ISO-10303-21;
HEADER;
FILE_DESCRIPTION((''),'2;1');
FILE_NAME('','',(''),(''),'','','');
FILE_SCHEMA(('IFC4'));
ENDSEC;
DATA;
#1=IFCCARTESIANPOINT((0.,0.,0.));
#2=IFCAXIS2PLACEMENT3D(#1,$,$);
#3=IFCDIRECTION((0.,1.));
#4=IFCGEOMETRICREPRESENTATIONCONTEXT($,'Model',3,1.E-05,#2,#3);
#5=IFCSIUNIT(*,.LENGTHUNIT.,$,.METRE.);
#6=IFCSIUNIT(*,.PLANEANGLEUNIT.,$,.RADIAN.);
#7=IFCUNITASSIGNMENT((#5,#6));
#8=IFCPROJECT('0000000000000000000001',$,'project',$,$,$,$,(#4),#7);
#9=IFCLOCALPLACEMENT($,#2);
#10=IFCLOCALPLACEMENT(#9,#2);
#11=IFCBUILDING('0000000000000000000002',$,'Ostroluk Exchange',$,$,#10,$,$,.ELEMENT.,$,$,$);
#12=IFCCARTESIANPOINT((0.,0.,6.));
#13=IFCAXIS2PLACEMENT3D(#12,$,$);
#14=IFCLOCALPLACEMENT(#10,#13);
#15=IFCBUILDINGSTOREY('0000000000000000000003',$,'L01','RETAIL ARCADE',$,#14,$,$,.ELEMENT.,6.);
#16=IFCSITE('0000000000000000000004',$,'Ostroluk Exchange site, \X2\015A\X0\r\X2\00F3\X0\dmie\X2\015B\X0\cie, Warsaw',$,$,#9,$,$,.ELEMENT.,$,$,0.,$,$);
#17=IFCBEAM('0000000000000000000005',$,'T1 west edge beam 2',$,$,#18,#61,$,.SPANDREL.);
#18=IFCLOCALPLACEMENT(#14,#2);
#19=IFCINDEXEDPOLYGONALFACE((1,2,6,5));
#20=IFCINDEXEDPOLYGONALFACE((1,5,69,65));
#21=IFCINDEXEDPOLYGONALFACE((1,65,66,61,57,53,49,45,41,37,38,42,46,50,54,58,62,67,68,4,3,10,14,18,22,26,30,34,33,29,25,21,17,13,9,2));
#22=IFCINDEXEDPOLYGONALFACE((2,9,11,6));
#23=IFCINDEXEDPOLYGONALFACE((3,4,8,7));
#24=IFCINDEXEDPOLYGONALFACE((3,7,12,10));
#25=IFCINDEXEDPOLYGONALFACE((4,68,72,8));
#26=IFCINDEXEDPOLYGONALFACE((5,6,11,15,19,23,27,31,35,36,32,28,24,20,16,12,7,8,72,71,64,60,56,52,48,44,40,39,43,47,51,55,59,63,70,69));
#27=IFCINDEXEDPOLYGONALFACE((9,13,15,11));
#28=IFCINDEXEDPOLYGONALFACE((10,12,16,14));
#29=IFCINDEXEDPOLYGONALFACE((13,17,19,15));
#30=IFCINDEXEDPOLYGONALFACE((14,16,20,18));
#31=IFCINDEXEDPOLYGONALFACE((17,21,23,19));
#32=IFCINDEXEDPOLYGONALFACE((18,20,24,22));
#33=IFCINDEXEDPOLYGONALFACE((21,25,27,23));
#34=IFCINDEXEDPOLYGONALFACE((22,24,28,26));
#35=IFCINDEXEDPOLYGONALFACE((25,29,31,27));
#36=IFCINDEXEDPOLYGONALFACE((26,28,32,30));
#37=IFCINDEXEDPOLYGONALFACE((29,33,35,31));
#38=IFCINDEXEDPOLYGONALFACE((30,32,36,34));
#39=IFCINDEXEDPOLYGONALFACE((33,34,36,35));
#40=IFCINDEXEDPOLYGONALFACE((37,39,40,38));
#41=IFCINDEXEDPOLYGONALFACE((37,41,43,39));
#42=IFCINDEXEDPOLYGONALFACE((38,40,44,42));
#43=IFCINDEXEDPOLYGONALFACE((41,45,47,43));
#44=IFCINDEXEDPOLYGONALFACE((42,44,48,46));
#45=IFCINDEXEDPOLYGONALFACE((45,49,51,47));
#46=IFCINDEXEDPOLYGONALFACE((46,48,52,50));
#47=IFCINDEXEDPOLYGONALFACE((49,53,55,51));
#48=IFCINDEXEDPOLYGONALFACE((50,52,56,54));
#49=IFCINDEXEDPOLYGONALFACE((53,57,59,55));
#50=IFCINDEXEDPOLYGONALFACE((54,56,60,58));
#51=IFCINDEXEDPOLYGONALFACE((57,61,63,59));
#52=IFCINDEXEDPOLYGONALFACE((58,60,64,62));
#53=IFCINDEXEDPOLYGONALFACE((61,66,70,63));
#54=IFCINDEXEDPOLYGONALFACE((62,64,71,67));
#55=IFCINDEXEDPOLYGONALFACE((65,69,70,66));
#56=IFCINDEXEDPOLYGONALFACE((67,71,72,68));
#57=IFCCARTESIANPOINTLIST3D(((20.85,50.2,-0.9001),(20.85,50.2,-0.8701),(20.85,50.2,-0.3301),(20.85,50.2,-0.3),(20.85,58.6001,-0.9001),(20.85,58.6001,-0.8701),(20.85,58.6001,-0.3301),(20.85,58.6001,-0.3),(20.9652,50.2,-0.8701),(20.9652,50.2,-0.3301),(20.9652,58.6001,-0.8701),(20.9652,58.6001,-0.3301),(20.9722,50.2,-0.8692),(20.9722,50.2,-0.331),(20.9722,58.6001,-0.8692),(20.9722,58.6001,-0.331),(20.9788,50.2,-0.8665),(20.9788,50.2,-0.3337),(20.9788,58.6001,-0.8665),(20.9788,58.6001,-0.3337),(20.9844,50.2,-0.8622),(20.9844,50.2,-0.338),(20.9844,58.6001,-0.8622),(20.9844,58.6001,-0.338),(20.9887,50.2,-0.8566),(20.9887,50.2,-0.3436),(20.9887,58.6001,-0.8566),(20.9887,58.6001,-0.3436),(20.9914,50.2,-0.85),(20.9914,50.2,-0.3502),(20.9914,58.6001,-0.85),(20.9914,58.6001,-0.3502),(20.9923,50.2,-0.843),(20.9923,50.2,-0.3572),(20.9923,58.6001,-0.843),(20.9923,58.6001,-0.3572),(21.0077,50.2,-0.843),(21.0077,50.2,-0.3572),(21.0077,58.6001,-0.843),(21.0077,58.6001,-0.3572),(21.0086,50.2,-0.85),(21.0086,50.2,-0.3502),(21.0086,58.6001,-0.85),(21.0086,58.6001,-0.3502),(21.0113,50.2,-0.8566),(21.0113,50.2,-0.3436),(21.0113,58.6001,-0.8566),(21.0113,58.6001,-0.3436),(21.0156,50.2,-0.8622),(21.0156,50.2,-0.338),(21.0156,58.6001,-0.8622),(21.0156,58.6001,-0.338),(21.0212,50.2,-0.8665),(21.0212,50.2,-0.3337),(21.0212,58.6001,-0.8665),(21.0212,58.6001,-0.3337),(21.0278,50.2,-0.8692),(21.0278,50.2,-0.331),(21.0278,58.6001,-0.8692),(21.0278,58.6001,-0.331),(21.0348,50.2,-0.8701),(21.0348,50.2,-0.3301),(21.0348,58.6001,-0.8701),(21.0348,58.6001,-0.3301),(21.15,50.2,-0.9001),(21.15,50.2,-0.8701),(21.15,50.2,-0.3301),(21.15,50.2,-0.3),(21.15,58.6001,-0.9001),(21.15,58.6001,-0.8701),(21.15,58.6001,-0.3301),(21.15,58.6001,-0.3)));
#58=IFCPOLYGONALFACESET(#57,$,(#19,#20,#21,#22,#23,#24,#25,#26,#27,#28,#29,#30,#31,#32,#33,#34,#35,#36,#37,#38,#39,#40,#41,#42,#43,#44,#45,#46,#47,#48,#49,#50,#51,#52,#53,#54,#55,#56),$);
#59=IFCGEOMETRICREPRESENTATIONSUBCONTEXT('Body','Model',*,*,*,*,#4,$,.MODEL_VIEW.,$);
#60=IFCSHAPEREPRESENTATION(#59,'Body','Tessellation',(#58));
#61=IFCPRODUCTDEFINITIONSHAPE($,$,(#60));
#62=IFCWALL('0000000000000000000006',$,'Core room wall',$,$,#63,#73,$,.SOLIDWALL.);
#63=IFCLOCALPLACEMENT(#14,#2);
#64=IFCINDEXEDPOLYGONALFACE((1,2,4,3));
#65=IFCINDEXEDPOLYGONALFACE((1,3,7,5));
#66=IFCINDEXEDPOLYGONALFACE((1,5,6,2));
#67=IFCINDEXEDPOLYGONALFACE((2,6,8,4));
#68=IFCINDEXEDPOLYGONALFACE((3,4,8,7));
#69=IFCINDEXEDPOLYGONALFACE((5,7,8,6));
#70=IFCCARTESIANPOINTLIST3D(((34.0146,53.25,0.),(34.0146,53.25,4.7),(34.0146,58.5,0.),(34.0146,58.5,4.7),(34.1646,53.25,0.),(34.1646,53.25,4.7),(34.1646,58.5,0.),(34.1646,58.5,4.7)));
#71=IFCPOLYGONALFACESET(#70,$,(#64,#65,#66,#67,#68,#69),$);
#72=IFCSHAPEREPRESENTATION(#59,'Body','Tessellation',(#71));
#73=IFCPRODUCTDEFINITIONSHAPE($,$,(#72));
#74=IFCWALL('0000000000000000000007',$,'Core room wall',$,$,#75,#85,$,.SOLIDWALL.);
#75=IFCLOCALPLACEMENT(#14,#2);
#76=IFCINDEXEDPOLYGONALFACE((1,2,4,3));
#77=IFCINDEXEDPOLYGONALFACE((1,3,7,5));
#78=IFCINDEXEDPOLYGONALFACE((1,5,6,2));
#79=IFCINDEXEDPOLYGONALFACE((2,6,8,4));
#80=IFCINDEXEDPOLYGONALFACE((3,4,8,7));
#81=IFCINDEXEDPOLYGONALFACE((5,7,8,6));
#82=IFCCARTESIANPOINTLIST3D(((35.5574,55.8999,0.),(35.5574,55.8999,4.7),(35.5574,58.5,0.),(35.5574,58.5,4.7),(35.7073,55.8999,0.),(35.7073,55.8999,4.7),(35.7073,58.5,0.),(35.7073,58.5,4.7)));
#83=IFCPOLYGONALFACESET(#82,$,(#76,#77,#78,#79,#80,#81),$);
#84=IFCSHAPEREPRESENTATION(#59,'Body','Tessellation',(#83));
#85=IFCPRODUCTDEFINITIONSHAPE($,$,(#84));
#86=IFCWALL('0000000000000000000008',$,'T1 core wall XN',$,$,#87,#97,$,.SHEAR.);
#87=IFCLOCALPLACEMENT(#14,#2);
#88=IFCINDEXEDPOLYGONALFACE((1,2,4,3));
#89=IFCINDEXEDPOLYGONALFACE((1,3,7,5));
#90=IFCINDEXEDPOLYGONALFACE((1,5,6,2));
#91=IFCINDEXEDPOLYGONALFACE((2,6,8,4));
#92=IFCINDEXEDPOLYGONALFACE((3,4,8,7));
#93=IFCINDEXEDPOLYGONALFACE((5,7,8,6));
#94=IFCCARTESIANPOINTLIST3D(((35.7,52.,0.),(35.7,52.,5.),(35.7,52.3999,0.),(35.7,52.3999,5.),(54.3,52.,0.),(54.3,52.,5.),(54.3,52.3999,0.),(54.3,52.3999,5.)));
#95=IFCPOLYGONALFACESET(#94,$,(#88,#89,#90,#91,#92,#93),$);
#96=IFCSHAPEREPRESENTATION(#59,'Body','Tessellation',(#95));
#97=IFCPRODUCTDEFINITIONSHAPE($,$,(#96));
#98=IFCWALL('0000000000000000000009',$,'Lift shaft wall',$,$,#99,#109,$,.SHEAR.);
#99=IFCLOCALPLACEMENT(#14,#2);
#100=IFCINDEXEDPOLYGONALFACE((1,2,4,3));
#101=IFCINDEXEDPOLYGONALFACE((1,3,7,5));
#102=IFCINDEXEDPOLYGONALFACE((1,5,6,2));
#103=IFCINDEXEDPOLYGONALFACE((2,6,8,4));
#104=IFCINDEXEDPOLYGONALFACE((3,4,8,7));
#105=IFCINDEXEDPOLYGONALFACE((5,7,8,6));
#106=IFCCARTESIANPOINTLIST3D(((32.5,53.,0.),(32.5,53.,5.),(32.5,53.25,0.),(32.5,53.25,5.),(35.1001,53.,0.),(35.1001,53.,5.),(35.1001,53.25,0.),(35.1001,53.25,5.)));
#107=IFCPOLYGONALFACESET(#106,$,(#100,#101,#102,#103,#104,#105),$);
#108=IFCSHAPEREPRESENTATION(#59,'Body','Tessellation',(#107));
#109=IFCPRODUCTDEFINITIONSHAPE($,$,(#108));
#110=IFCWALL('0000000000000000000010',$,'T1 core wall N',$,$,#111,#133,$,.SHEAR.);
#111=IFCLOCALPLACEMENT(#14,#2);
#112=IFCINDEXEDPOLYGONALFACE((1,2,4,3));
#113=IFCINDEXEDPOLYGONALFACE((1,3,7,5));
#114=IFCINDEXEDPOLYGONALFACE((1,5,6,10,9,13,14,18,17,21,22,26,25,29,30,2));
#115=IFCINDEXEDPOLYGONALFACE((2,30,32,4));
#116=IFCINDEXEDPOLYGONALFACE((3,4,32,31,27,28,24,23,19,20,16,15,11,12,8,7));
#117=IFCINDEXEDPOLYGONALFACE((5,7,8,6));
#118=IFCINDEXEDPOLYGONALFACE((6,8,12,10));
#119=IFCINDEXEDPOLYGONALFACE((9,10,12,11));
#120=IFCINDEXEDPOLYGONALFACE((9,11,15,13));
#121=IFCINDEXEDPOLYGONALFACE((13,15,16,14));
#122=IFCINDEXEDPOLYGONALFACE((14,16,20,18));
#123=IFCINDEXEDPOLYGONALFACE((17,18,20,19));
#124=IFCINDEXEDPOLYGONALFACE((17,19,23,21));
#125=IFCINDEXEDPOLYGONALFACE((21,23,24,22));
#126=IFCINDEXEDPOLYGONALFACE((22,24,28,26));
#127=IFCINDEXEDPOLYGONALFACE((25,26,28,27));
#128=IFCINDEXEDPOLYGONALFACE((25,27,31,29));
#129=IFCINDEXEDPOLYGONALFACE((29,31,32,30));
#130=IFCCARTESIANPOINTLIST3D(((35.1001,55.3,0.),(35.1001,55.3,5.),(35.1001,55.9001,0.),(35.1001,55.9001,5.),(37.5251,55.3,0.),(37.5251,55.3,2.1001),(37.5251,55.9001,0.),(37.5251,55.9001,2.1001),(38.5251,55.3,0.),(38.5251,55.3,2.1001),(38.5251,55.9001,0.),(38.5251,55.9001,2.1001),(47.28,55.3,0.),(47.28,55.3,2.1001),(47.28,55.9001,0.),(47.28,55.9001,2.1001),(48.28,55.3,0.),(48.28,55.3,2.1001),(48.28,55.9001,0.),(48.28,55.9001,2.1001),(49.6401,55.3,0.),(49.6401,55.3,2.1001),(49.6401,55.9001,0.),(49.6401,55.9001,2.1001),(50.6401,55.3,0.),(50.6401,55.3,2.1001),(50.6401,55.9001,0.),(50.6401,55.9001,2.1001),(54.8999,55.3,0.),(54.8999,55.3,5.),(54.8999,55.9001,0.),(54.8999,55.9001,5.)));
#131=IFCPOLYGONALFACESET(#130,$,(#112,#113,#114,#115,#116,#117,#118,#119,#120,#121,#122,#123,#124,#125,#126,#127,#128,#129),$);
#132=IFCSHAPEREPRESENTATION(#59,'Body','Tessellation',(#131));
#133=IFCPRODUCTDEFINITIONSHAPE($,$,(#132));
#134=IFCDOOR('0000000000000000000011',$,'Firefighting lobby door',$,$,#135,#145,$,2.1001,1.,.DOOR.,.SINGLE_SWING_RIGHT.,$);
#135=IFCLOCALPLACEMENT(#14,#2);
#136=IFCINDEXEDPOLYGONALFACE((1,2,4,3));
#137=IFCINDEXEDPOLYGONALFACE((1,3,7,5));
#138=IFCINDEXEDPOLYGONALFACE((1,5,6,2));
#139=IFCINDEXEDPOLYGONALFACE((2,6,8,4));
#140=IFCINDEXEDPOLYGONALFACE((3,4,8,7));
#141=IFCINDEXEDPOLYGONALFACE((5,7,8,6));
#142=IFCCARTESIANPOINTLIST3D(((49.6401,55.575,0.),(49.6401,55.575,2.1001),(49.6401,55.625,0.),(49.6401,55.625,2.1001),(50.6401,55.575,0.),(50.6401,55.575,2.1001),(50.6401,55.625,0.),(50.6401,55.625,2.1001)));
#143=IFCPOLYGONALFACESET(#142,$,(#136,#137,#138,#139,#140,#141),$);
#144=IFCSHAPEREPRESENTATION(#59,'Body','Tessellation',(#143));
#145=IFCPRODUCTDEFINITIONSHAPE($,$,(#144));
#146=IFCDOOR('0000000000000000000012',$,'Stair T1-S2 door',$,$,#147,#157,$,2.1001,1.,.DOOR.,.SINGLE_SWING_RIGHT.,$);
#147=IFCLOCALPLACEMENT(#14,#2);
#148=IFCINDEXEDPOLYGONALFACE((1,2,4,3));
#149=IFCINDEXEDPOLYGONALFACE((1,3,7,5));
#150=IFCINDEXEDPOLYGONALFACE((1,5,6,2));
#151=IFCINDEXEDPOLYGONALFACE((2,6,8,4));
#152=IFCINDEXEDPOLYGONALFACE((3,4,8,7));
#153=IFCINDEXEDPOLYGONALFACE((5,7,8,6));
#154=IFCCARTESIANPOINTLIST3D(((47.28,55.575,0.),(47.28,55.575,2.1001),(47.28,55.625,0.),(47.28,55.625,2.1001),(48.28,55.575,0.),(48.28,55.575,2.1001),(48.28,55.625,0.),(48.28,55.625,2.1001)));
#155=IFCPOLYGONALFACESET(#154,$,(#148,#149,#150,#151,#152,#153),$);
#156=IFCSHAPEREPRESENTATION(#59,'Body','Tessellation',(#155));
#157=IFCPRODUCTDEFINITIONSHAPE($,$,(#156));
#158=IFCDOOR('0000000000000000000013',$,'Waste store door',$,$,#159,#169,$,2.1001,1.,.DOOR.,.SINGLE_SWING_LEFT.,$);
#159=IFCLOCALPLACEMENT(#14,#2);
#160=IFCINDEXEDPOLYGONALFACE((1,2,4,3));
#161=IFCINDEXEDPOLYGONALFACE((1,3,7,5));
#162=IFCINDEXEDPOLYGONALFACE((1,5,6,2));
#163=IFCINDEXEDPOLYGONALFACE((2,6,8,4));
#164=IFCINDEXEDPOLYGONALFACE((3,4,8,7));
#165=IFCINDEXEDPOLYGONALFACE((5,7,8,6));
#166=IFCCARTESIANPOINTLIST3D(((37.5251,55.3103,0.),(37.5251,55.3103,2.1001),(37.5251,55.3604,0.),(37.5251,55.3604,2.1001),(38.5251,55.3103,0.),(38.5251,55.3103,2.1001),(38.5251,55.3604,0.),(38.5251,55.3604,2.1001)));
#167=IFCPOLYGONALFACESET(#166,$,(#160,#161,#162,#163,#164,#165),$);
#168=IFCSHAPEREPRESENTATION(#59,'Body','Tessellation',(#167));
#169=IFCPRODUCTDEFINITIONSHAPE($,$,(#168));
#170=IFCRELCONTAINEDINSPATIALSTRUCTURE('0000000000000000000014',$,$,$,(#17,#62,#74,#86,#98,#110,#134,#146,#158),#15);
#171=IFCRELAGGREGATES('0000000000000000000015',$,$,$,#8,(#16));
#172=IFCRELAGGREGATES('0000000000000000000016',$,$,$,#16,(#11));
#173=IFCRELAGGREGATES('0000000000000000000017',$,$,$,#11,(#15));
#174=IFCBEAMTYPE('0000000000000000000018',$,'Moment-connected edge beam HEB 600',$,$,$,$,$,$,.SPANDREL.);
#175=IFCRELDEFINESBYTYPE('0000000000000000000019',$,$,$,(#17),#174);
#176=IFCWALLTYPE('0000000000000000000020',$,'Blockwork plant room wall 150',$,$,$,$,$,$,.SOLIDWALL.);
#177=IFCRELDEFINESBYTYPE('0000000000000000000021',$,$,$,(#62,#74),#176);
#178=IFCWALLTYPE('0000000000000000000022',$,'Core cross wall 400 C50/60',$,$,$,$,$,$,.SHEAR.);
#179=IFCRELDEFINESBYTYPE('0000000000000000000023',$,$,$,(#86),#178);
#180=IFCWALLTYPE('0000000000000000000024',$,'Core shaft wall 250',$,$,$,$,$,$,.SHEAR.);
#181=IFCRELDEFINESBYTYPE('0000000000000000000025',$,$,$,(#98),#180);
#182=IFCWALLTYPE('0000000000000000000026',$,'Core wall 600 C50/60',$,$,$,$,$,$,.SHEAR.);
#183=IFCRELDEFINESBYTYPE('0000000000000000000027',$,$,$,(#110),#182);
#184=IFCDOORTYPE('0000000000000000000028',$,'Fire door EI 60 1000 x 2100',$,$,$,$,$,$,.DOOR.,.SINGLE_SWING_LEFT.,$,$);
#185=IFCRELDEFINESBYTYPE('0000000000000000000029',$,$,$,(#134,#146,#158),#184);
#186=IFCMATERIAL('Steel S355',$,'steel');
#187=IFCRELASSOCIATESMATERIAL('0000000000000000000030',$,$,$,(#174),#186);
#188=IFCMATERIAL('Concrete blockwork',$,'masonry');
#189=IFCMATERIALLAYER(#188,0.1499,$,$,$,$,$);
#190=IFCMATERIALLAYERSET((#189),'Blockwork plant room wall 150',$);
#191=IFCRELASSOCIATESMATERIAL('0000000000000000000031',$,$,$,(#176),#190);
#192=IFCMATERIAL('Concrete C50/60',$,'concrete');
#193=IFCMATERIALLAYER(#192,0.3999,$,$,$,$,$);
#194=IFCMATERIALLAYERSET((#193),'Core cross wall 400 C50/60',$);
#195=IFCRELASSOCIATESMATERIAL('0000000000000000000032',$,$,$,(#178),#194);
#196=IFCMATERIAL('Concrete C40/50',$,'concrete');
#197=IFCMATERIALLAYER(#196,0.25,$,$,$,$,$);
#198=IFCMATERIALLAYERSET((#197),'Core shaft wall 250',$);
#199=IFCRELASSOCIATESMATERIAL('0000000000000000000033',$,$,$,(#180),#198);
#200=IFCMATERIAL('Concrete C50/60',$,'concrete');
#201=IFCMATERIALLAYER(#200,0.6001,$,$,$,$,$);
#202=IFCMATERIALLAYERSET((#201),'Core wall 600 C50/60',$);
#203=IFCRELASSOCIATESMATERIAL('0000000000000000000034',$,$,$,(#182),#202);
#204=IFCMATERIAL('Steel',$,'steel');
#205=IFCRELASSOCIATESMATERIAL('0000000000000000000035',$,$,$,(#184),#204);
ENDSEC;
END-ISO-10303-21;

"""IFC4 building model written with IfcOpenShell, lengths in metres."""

from ifc_helpers import new_model, si_unit, direction, frame, frame_2d, origin, origin_2d, place, context, subcontext, project, spatial, rectangle, i_section, extrude, material, layer, layer_set, material_profile, profile_set, type_object, element, fill, save


model = new_model("IFC4")

# Units and contexts
model_context = context("Model", 3, precision=1e-05, world=origin(), true_north=direction((0.0, 1.0)))
body_context = subcontext(model_context, "Body", "Model", "MODEL_VIEW")
ifc_project = project(units=[si_unit("LENGTHUNIT", "METRE"), si_unit("PLANEANGLEUNIT", "RADIAN")], contexts=[model_context])

# Site, building, storey
site_placement = place(None, origin())
site = spatial("IfcSite", under=ifc_project, at=site_placement, Name="Ostroluk Exchange site, Śródmieście, Warsaw", CompositionType="ELEMENT", RefElevation=0.0)
building_placement = place(site_placement, origin())
building = spatial("IfcBuilding", under=site, at=building_placement, Name="Ostroluk Exchange", CompositionType="ELEMENT")
storey_placement = place(building_placement, frame((0.0, 0.0, 6.0)))
storey = spatial("IfcBuildingStorey", under=building, at=storey_placement, Name="L01", Description="RETAIL ARCADE", CompositionType="ELEMENT", Elevation=6.0)

# Beam
ifc_material_1 = material(Name="Steel S355", Category="steel")
ifc_material_profile_1 = material_profile(ifc_material_1, i_section(OverallWidth=0.3, OverallDepth=0.6001, WebThickness=0.0154, FlangeThickness=0.03, FilletRadius=0.0271, at=origin_2d()), Name="HEB 600")
ifc_profile_set_1 = profile_set([ifc_material_profile_1], Name="Steel S355")
beam_type_1 = type_object("IfcBeamType", Name="Moment-connected edge beam HEB 600", PredefinedType="SPANDREL", material=ifc_profile_set_1)
beam_1_placement = place(storey_placement, frame((21.0, 58.6001, -0.6001), z_axis=(0.0, -1.0, 0.0), x_axis=(1.0, 0.0, 0.0)))
element("IfcBeam", 1, at=beam_1_placement, inside=storey, type_object=beam_type_1, Name="T1 west edge beam 2", PredefinedType="SPANDREL", context=body_context, shape_type="SweptSolid", body=[
    extrude(i_section(OverallWidth=0.3, OverallDepth=0.6001, WebThickness=0.0154, FlangeThickness=0.03, FilletRadius=0.0271, at=origin_2d()), origin(), (0.0, 0.0, 1.0), 8.4001),
])

# Walls
ifc_material_2 = material(Name="Concrete blockwork", Category="masonry")
ifc_layer_1 = layer(ifc_material_2, 0.1499)
ifc_layer_set_1 = layer_set([ifc_layer_1], Name="Blockwork plant room wall 150")
wall_type_1 = type_object("IfcWallType", Name="Blockwork plant room wall 150", PredefinedType="SOLIDWALL", material=ifc_layer_set_1)
wall_1_placement = place(storey_placement, frame((34.0896, 53.25, 0.0), z_axis=(0.0, 0.0, 1.0), x_axis=(0.0, 1.0, 0.0)))
element("IfcWall", 2, at=wall_1_placement, inside=storey, type_object=wall_type_1, Name="Core room wall", PredefinedType="SOLIDWALL", context=body_context, shape_type="SweptSolid", body=[
    extrude(rectangle(XDim=5.25, YDim=0.1499, at=frame_2d((2.625, 0.0))), origin(), (0.0, 0.0, 1.0), 4.7),
])
wall_2_placement = place(storey_placement, frame((35.6323, 55.8999, 0.0), z_axis=(0.0, 0.0, 1.0), x_axis=(0.0, 1.0, 0.0)))
element("IfcWall", 3, at=wall_2_placement, inside=storey, type_object=wall_type_1, Name="Core room wall", PredefinedType="SOLIDWALL", context=body_context, shape_type="SweptSolid", body=[
    extrude(rectangle(XDim=2.6001, YDim=0.1499, at=frame_2d((1.3, 0.0))), origin(), (0.0, 0.0, 1.0), 4.7),
])
ifc_material_3 = material(Name="Concrete C50/60", Category="concrete")
ifc_layer_2 = layer(ifc_material_3, 0.3999)
ifc_layer_set_2 = layer_set([ifc_layer_2], Name="Core cross wall 400 C50/60")
wall_type_2 = type_object("IfcWallType", Name="Core cross wall 400 C50/60", PredefinedType="SHEAR", material=ifc_layer_set_2)
wall_3_placement = place(storey_placement, frame((35.7, 52.2, 0.0), z_axis=(0.0, 0.0, 1.0), x_axis=(1.0, 0.0, 0.0)))
element("IfcWall", 4, at=wall_3_placement, inside=storey, type_object=wall_type_2, Name="T1 core wall XN", PredefinedType="SHEAR", context=body_context, shape_type="SweptSolid", body=[
    extrude(rectangle(XDim=18.6001, YDim=0.3999, at=frame_2d((9.3, 0.0))), origin(), (0.0, 0.0, 1.0), 5.0),
])
ifc_material_4 = material(Name="Concrete C40/50", Category="concrete")
ifc_layer_3 = layer(ifc_material_4, 0.25)
ifc_layer_set_3 = layer_set([ifc_layer_3], Name="Core shaft wall 250")
wall_type_3 = type_object("IfcWallType", Name="Core shaft wall 250", PredefinedType="SHEAR", material=ifc_layer_set_3)
wall_4_placement = place(storey_placement, frame((32.5, 53.125, 0.0), z_axis=(0.0, 0.0, 1.0), x_axis=(1.0, 0.0, 0.0)))
element("IfcWall", 5, at=wall_4_placement, inside=storey, type_object=wall_type_3, Name="Lift shaft wall", PredefinedType="SHEAR", context=body_context, shape_type="SweptSolid", body=[
    extrude(rectangle(XDim=2.6001, YDim=0.25, at=frame_2d((1.3, 0.0))), origin(), (0.0, 0.0, 1.0), 5.0),
])

# Wall, openings, doors
ifc_material_5 = material(Name="Concrete C50/60", Category="concrete")
ifc_layer_4 = layer(ifc_material_5, 0.6001)
ifc_layer_set_4 = layer_set([ifc_layer_4], Name="Core wall 600 C50/60")
wall_type_4 = type_object("IfcWallType", Name="Core wall 600 C50/60", PredefinedType="SHEAR", material=ifc_layer_set_4)
wall_5_placement = place(storey_placement, frame((35.1001, 55.6001, 0.0), z_axis=(0.0, 0.0, 1.0), x_axis=(1.0, 0.0, 0.0)))
wall_5 = element("IfcWall", 6, at=wall_5_placement, inside=storey, type_object=wall_type_4, Name="T1 core wall N", PredefinedType="SHEAR", context=body_context, shape_type="SweptSolid", body=[
    extrude(rectangle(XDim=19.7998, YDim=0.6001, at=frame_2d((9.8999, 0.0))), origin(), (0.0, 0.0, 1.0), 5.0),
])
opening_1_placement = place(wall_5_placement, frame((14.54, 0.0, 0.0)))
opening_1 = element("IfcOpeningElement", 7, at=opening_1_placement, cuts=wall_5, PredefinedType="OPENING", context=body_context, shape_type="SweptSolid", body=[
    extrude(rectangle(XDim=1.0, YDim=2.1001, at=frame_2d((0.5, 1.05))), frame((0.0, 0.3101, 0.0), z_axis=(0.0, -1.0, 0.0), x_axis=(1.0, 0.0, 0.0)), (0.0, 0.0, 1.0), 0.6201),
])
opening_2_placement = place(wall_5_placement, frame((12.1799, 0.0, 0.0)))
opening_2 = element("IfcOpeningElement", 8, at=opening_2_placement, cuts=wall_5, PredefinedType="OPENING", context=body_context, shape_type="SweptSolid", body=[
    extrude(rectangle(XDim=1.0, YDim=2.1001, at=frame_2d((0.5, 1.05))), frame((0.0, 0.3101, 0.0), z_axis=(0.0, -1.0, 0.0), x_axis=(1.0, 0.0, 0.0)), (0.0, 0.0, 1.0), 0.6201),
])
opening_3_placement = place(wall_5_placement, frame((2.425, 0.0, 0.0)))
opening_3 = element("IfcOpeningElement", 9, at=opening_3_placement, cuts=wall_5, PredefinedType="OPENING", context=body_context, shape_type="SweptSolid", body=[
    extrude(rectangle(XDim=1.0, YDim=2.1001, at=frame_2d((0.5, 1.05))), frame((0.0, 0.3101, 0.0), z_axis=(0.0, -1.0, 0.0), x_axis=(1.0, 0.0, 0.0)), (0.0, 0.0, 1.0), 0.6201),
])
ifc_material_6 = material(Name="Steel", Category="steel")
door_type = type_object("IfcDoorType", Name="Fire door EI 60 1000 x 2100", OperationType="SINGLE_SWING_LEFT", PredefinedType="DOOR", material=ifc_material_6)
door_1_placement = place(opening_1_placement, origin())
door_1 = element("IfcDoor", 10, at=door_1_placement, inside=storey, type_object=door_type, Name="Firefighting lobby door", OperationType="SINGLE_SWING_RIGHT", OverallHeight=2.1001, OverallWidth=1.0, PredefinedType="DOOR", context=body_context, shape_type="SweptSolid", body=[
    extrude(rectangle(XDim=1.0, YDim=2.1001, at=frame_2d((0.5, 1.05))), frame((0.0, 0.0249, 0.0), z_axis=(0.0, -1.0, 0.0), x_axis=(1.0, 0.0, 0.0)), (0.0, 0.0, 1.0), 0.05),
])
fill(opening_1, door_1)
door_2_placement = place(opening_2_placement, origin())
door_2 = element("IfcDoor", 11, at=door_2_placement, inside=storey, type_object=door_type, Name="Stair T1-S2 door", OperationType="SINGLE_SWING_RIGHT", OverallHeight=2.1001, OverallWidth=1.0, PredefinedType="DOOR", context=body_context, shape_type="SweptSolid", body=[
    extrude(rectangle(XDim=1.0, YDim=2.1001, at=frame_2d((0.5, 1.05))), frame((0.0, 0.0249, 0.0), z_axis=(0.0, -1.0, 0.0), x_axis=(1.0, 0.0, 0.0)), (0.0, 0.0, 1.0), 0.05),
])
fill(opening_2, door_2)
door_3_placement = place(opening_3_placement, origin())
door_3 = element("IfcDoor", 12, at=door_3_placement, inside=storey, type_object=door_type, Name="Waste store door", OperationType="SINGLE_SWING_LEFT", OverallHeight=2.1001, OverallWidth=1.0, PredefinedType="DOOR", context=body_context, shape_type="SweptSolid", body=[
    extrude(rectangle(XDim=1.0, YDim=2.1001, at=frame_2d((0.5, 1.05))), frame((0.0, -0.2397, 0.0), z_axis=(0.0, -1.0, 0.0), x_axis=(1.0, 0.0, 0.0)), (0.0, 0.0, 1.0), 0.05),
])
fill(opening_3, door_3)

save(model, "model.ifc")
